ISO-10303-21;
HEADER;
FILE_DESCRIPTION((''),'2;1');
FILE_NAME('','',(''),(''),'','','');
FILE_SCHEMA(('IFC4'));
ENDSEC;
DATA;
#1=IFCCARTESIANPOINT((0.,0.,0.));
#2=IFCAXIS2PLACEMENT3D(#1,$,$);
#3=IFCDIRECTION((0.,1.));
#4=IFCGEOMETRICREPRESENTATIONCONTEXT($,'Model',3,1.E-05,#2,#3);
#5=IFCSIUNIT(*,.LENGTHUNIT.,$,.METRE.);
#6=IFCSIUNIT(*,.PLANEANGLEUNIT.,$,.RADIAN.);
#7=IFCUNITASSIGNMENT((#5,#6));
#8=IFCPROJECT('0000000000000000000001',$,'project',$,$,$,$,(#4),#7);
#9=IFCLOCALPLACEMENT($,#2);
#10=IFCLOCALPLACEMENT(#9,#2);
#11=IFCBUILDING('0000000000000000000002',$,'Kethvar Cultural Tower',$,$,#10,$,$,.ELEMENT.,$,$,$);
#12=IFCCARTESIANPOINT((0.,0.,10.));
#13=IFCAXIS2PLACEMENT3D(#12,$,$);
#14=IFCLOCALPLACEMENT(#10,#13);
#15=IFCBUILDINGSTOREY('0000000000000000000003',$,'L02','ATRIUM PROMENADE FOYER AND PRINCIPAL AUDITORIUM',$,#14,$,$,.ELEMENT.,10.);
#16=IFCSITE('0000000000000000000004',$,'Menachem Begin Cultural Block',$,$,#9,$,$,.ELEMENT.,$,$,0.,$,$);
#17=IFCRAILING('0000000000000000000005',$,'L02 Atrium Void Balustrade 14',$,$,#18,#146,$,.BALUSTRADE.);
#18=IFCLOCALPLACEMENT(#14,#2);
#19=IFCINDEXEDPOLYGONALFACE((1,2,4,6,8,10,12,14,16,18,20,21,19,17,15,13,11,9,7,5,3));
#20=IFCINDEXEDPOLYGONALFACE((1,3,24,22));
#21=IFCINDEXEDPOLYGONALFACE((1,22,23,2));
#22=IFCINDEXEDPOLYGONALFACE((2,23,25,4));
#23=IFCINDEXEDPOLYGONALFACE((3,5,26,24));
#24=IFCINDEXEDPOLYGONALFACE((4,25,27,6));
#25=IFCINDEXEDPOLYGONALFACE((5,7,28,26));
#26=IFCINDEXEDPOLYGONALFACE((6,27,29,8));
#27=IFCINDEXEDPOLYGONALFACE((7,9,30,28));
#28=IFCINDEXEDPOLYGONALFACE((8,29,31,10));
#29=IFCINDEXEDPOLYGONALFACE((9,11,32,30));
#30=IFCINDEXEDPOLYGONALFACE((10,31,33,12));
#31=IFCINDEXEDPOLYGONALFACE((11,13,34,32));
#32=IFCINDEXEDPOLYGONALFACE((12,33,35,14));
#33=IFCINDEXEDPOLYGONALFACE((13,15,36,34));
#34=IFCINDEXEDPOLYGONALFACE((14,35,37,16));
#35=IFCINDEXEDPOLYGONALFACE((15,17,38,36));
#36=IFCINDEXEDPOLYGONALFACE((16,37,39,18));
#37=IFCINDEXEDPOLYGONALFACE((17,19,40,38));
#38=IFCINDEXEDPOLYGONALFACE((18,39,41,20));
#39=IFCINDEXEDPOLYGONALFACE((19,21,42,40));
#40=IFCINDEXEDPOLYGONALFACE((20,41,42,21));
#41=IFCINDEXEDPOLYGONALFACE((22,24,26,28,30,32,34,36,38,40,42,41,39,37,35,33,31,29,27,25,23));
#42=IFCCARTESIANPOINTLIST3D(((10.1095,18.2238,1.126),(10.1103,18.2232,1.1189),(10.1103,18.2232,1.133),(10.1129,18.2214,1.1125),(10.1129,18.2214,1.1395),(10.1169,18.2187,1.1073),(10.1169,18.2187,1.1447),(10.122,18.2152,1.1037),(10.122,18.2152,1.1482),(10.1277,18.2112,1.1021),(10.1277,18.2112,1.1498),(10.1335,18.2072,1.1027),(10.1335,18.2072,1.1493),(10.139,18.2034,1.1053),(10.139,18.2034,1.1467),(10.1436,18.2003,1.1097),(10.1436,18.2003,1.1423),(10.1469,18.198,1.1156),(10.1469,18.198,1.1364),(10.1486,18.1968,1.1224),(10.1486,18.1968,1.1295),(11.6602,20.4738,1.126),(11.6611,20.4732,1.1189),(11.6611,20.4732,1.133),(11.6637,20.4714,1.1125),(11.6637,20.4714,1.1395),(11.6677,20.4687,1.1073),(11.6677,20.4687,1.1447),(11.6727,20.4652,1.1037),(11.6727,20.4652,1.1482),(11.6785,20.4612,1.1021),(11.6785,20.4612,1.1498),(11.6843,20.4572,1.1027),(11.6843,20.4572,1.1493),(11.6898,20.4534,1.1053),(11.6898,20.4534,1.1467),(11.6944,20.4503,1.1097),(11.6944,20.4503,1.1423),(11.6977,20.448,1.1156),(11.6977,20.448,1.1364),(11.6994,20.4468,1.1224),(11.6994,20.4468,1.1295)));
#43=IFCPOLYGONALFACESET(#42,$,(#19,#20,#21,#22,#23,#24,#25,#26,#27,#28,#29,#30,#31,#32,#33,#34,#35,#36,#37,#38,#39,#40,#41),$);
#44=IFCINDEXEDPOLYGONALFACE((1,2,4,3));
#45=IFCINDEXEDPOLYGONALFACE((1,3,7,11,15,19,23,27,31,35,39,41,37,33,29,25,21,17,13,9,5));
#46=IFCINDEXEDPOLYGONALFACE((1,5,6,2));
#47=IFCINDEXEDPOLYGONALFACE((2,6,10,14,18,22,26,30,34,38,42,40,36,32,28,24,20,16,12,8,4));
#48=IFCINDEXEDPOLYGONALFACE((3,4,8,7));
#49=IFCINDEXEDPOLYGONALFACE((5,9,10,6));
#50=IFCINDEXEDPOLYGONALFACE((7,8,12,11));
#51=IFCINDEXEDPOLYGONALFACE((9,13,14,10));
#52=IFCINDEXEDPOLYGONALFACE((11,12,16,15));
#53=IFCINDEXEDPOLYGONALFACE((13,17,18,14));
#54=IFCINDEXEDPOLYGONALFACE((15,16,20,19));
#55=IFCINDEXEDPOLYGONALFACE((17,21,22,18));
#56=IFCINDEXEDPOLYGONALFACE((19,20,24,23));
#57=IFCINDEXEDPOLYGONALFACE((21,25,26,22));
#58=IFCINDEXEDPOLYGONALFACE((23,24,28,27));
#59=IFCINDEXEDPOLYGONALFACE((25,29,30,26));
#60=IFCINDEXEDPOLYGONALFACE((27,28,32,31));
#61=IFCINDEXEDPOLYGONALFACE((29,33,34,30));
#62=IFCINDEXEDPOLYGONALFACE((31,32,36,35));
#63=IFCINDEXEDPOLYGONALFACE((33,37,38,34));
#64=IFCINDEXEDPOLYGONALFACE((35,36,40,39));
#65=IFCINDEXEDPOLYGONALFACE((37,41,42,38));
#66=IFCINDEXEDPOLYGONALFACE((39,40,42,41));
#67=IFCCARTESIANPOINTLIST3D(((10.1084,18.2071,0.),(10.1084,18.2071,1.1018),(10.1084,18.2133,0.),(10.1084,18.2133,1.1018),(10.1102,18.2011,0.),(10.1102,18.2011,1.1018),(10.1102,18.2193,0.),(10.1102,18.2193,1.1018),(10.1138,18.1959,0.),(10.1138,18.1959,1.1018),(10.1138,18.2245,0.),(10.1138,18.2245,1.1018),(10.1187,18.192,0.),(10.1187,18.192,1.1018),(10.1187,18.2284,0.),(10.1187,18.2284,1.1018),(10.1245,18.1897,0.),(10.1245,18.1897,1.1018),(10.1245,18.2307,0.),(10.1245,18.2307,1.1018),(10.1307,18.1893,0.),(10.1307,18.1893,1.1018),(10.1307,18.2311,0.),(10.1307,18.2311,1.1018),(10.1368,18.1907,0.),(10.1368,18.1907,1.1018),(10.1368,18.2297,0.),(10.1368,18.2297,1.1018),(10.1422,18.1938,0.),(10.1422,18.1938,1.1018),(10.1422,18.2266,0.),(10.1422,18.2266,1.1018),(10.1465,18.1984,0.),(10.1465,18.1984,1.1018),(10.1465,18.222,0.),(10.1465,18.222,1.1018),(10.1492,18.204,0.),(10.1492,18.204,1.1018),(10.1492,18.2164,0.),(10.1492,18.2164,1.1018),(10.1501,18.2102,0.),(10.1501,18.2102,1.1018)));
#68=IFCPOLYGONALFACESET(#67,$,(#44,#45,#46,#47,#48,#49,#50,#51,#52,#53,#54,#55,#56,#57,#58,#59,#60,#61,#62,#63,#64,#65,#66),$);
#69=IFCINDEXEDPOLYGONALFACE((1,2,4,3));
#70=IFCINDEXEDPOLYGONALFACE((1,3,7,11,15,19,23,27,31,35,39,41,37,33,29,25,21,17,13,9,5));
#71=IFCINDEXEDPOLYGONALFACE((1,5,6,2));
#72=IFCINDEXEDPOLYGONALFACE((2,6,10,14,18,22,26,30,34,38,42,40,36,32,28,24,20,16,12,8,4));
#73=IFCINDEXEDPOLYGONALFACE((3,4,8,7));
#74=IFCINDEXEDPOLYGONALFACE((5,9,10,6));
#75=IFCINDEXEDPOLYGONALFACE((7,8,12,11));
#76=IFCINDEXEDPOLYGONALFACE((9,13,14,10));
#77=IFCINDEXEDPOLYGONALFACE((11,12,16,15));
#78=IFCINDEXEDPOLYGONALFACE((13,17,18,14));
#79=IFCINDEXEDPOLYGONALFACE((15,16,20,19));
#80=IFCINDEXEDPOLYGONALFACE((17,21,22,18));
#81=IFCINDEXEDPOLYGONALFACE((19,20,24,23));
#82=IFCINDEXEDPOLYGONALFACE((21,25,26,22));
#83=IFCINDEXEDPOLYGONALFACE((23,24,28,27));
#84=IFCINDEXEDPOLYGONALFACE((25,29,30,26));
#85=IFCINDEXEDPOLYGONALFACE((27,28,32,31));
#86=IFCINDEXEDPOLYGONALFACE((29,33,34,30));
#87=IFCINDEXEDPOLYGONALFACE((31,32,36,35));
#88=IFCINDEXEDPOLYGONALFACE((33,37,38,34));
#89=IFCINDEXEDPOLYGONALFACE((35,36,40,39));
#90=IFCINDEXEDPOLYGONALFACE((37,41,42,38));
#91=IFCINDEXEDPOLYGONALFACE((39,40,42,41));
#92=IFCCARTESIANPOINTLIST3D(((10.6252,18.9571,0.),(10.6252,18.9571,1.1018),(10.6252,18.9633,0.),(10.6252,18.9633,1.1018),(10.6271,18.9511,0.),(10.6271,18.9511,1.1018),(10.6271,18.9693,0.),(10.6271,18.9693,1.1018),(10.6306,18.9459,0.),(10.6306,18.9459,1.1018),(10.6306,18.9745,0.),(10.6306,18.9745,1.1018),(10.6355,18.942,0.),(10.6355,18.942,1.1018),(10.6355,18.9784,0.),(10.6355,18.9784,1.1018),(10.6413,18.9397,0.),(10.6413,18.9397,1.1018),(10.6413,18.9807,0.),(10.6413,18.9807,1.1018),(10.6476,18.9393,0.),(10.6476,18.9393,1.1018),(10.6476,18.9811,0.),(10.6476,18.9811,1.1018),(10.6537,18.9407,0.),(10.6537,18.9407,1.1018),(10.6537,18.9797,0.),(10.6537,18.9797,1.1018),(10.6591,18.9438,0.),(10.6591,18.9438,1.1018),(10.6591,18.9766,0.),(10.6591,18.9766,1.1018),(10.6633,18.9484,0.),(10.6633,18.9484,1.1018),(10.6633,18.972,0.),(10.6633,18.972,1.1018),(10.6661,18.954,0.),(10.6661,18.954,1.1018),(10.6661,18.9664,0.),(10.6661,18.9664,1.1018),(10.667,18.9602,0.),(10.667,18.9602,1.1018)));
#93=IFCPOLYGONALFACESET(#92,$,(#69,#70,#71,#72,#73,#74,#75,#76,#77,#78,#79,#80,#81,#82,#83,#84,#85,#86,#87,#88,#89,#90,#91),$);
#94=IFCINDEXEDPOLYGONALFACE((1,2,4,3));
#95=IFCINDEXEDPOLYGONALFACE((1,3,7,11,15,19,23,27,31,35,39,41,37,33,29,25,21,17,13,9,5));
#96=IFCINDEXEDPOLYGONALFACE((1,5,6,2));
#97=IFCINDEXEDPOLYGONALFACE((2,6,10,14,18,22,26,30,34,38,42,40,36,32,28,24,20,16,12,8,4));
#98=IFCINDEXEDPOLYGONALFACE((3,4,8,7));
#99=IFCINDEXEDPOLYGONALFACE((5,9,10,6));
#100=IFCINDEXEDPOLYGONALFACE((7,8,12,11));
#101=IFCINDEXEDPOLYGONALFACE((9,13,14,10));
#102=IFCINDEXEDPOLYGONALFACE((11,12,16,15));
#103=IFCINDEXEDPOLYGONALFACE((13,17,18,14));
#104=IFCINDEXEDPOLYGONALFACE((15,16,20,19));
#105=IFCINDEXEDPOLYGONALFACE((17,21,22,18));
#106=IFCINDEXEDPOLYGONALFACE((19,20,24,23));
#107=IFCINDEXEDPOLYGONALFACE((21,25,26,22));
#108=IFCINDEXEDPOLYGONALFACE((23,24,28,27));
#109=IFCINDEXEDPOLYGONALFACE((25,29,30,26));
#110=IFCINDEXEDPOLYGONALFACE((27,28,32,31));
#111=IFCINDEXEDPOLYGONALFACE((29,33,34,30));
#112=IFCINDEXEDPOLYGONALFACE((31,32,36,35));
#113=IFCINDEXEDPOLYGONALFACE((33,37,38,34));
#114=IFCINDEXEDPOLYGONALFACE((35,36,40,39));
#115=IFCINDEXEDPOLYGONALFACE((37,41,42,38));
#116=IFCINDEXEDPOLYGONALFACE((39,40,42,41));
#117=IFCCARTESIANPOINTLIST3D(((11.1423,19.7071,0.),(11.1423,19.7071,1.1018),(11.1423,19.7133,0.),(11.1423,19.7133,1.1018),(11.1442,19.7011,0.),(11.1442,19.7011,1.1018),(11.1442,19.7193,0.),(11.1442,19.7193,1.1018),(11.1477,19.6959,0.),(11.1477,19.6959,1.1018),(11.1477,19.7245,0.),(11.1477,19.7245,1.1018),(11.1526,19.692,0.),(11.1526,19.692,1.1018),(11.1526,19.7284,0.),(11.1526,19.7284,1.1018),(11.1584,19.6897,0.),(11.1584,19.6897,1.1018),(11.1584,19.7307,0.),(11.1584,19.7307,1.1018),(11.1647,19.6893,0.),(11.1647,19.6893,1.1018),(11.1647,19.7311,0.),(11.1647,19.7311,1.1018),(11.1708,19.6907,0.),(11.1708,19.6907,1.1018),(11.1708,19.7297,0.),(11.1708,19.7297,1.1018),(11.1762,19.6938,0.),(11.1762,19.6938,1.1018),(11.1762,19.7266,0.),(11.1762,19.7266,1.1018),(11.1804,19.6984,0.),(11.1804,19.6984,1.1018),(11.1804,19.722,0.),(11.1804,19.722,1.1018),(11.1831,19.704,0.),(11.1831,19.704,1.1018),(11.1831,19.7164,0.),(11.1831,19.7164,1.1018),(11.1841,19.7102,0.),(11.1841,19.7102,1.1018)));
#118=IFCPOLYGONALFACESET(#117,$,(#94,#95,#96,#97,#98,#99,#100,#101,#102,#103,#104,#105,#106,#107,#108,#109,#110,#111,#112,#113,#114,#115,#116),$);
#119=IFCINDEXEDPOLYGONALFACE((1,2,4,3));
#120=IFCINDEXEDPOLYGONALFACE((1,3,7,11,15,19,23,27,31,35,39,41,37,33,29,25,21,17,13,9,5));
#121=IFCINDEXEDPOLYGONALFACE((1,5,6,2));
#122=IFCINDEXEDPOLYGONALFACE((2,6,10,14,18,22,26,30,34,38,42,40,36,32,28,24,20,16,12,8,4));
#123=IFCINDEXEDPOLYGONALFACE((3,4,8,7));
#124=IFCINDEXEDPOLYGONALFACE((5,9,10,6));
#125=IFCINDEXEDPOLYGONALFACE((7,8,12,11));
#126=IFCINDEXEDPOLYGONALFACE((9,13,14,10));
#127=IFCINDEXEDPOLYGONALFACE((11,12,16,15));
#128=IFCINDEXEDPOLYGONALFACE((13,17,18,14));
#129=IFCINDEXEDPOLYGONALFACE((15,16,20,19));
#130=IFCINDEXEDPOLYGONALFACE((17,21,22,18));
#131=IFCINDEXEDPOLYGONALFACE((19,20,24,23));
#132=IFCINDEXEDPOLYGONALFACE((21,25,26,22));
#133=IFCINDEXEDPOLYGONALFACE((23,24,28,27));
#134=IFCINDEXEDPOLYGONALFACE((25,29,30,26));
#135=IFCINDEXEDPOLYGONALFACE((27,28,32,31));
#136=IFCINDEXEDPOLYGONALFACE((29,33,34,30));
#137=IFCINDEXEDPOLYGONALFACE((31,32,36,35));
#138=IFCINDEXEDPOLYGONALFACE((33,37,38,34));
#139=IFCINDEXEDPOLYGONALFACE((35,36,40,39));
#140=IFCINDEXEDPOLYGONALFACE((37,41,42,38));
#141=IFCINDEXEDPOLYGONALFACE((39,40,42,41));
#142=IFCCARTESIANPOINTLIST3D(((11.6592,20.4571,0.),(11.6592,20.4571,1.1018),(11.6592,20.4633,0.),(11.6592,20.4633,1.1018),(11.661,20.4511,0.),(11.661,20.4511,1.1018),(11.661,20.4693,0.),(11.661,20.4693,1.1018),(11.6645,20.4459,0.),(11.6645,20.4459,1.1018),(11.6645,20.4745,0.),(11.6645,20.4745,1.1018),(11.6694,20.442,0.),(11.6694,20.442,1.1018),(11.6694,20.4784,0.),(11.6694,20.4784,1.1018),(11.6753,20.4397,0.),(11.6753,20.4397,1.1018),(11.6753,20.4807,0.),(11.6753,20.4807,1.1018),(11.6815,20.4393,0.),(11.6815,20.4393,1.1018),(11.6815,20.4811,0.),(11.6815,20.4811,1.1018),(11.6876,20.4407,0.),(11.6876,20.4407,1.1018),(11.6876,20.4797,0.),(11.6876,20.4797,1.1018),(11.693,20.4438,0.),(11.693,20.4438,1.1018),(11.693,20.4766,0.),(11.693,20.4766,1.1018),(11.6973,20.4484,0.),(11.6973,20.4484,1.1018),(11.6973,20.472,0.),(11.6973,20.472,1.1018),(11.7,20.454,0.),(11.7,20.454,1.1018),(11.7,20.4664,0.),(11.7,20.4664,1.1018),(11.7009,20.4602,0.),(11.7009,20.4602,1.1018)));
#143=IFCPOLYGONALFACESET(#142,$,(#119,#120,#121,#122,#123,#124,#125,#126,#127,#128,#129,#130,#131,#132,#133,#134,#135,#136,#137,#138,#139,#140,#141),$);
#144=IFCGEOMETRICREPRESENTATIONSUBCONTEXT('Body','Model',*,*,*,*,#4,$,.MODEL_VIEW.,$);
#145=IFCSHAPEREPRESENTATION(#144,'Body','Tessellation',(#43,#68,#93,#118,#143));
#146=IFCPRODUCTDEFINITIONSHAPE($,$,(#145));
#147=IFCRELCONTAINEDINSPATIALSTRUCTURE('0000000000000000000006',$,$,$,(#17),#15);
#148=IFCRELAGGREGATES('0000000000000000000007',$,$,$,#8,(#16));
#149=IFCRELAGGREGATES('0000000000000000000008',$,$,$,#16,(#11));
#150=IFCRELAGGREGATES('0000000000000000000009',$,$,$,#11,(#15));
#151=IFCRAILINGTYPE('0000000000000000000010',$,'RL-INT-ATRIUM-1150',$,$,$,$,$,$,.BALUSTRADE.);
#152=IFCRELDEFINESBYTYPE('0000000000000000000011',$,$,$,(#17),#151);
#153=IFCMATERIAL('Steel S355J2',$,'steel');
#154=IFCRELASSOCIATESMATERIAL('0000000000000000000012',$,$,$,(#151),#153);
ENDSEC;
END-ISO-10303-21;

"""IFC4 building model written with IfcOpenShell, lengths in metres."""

from ifc_helpers import new_model, si_unit, direction, frame, origin, origin_2d, place, context, subcontext, project, spatial, circle, extrude, material, type_object, element, save


model = new_model("IFC4")

# Units and contexts
model_context = context("Model", 3, precision=1e-05, world=origin(), true_north=direction((0.0, 1.0)))
body_context = subcontext(model_context, "Body", "Model", "MODEL_VIEW")
ifc_project = project(units=[si_unit("LENGTHUNIT", "METRE"), si_unit("PLANEANGLEUNIT", "RADIAN")], contexts=[model_context])

# Site, building, storey
site_placement = place(None, origin())
site = spatial("IfcSite", under=ifc_project, at=site_placement, Name="Menachem Begin Cultural Block", CompositionType="ELEMENT", RefElevation=0.0)
building_placement = place(site_placement, origin())
building = spatial("IfcBuilding", under=site, at=building_placement, Name="Kethvar Cultural Tower", CompositionType="ELEMENT")
storey_placement = place(building_placement, frame((0.0, 0.0, 10.0)))
storey = spatial("IfcBuildingStorey", under=building, at=storey_placement, Name="L02", Description="ATRIUM PROMENADE FOYER AND PRINCIPAL AUDITORIUM", CompositionType="ELEMENT", Elevation=10.0)

# Shared definitions
ifc_material_1 = material(Name="Steel S355J2", Category="steel")

# Railing
railing_type = type_object("IfcRailingType", Name="RL-INT-ATRIUM-1150", PredefinedType="BALUSTRADE", material=ifc_material_1)
railing_1_placement = place(storey_placement, frame((10.1292, 18.2102, 0.0)))
element("IfcRailing", 1, at=railing_1_placement, inside=storey, type_object=railing_type, Name="L02 Atrium Void Balustrade 14", PredefinedType="BALUSTRADE", context=body_context, shape_type="SweptSolid", body=[
    extrude(circle(Radius=0.0239, at=origin_2d()), frame((0.0, 0.0, 1.126), z_axis=(0.567499, 0.823374, 0.0), x_axis=(-0.823374, 0.567499, 0.0)), (0.0, 0.0, 1.0), 2.7327),
    extrude(circle(Radius=0.021, at=origin_2d()), origin(), (0.0, 0.0, 1.0), 1.1018),
    extrude(circle(Radius=0.021, at=origin_2d()), frame((0.5168, 0.75, 0.0)), (0.0, 0.0, 1.0), 1.1018),
    extrude(circle(Radius=0.021, at=origin_2d()), frame((1.0339, 1.5, 0.0)), (0.0, 0.0, 1.0), 1.1018),
    extrude(circle(Radius=0.021, at=origin_2d()), frame((1.5508, 2.25, 0.0)), (0.0, 0.0, 1.0), 1.1018),
])

save(model, "model.ifc")
